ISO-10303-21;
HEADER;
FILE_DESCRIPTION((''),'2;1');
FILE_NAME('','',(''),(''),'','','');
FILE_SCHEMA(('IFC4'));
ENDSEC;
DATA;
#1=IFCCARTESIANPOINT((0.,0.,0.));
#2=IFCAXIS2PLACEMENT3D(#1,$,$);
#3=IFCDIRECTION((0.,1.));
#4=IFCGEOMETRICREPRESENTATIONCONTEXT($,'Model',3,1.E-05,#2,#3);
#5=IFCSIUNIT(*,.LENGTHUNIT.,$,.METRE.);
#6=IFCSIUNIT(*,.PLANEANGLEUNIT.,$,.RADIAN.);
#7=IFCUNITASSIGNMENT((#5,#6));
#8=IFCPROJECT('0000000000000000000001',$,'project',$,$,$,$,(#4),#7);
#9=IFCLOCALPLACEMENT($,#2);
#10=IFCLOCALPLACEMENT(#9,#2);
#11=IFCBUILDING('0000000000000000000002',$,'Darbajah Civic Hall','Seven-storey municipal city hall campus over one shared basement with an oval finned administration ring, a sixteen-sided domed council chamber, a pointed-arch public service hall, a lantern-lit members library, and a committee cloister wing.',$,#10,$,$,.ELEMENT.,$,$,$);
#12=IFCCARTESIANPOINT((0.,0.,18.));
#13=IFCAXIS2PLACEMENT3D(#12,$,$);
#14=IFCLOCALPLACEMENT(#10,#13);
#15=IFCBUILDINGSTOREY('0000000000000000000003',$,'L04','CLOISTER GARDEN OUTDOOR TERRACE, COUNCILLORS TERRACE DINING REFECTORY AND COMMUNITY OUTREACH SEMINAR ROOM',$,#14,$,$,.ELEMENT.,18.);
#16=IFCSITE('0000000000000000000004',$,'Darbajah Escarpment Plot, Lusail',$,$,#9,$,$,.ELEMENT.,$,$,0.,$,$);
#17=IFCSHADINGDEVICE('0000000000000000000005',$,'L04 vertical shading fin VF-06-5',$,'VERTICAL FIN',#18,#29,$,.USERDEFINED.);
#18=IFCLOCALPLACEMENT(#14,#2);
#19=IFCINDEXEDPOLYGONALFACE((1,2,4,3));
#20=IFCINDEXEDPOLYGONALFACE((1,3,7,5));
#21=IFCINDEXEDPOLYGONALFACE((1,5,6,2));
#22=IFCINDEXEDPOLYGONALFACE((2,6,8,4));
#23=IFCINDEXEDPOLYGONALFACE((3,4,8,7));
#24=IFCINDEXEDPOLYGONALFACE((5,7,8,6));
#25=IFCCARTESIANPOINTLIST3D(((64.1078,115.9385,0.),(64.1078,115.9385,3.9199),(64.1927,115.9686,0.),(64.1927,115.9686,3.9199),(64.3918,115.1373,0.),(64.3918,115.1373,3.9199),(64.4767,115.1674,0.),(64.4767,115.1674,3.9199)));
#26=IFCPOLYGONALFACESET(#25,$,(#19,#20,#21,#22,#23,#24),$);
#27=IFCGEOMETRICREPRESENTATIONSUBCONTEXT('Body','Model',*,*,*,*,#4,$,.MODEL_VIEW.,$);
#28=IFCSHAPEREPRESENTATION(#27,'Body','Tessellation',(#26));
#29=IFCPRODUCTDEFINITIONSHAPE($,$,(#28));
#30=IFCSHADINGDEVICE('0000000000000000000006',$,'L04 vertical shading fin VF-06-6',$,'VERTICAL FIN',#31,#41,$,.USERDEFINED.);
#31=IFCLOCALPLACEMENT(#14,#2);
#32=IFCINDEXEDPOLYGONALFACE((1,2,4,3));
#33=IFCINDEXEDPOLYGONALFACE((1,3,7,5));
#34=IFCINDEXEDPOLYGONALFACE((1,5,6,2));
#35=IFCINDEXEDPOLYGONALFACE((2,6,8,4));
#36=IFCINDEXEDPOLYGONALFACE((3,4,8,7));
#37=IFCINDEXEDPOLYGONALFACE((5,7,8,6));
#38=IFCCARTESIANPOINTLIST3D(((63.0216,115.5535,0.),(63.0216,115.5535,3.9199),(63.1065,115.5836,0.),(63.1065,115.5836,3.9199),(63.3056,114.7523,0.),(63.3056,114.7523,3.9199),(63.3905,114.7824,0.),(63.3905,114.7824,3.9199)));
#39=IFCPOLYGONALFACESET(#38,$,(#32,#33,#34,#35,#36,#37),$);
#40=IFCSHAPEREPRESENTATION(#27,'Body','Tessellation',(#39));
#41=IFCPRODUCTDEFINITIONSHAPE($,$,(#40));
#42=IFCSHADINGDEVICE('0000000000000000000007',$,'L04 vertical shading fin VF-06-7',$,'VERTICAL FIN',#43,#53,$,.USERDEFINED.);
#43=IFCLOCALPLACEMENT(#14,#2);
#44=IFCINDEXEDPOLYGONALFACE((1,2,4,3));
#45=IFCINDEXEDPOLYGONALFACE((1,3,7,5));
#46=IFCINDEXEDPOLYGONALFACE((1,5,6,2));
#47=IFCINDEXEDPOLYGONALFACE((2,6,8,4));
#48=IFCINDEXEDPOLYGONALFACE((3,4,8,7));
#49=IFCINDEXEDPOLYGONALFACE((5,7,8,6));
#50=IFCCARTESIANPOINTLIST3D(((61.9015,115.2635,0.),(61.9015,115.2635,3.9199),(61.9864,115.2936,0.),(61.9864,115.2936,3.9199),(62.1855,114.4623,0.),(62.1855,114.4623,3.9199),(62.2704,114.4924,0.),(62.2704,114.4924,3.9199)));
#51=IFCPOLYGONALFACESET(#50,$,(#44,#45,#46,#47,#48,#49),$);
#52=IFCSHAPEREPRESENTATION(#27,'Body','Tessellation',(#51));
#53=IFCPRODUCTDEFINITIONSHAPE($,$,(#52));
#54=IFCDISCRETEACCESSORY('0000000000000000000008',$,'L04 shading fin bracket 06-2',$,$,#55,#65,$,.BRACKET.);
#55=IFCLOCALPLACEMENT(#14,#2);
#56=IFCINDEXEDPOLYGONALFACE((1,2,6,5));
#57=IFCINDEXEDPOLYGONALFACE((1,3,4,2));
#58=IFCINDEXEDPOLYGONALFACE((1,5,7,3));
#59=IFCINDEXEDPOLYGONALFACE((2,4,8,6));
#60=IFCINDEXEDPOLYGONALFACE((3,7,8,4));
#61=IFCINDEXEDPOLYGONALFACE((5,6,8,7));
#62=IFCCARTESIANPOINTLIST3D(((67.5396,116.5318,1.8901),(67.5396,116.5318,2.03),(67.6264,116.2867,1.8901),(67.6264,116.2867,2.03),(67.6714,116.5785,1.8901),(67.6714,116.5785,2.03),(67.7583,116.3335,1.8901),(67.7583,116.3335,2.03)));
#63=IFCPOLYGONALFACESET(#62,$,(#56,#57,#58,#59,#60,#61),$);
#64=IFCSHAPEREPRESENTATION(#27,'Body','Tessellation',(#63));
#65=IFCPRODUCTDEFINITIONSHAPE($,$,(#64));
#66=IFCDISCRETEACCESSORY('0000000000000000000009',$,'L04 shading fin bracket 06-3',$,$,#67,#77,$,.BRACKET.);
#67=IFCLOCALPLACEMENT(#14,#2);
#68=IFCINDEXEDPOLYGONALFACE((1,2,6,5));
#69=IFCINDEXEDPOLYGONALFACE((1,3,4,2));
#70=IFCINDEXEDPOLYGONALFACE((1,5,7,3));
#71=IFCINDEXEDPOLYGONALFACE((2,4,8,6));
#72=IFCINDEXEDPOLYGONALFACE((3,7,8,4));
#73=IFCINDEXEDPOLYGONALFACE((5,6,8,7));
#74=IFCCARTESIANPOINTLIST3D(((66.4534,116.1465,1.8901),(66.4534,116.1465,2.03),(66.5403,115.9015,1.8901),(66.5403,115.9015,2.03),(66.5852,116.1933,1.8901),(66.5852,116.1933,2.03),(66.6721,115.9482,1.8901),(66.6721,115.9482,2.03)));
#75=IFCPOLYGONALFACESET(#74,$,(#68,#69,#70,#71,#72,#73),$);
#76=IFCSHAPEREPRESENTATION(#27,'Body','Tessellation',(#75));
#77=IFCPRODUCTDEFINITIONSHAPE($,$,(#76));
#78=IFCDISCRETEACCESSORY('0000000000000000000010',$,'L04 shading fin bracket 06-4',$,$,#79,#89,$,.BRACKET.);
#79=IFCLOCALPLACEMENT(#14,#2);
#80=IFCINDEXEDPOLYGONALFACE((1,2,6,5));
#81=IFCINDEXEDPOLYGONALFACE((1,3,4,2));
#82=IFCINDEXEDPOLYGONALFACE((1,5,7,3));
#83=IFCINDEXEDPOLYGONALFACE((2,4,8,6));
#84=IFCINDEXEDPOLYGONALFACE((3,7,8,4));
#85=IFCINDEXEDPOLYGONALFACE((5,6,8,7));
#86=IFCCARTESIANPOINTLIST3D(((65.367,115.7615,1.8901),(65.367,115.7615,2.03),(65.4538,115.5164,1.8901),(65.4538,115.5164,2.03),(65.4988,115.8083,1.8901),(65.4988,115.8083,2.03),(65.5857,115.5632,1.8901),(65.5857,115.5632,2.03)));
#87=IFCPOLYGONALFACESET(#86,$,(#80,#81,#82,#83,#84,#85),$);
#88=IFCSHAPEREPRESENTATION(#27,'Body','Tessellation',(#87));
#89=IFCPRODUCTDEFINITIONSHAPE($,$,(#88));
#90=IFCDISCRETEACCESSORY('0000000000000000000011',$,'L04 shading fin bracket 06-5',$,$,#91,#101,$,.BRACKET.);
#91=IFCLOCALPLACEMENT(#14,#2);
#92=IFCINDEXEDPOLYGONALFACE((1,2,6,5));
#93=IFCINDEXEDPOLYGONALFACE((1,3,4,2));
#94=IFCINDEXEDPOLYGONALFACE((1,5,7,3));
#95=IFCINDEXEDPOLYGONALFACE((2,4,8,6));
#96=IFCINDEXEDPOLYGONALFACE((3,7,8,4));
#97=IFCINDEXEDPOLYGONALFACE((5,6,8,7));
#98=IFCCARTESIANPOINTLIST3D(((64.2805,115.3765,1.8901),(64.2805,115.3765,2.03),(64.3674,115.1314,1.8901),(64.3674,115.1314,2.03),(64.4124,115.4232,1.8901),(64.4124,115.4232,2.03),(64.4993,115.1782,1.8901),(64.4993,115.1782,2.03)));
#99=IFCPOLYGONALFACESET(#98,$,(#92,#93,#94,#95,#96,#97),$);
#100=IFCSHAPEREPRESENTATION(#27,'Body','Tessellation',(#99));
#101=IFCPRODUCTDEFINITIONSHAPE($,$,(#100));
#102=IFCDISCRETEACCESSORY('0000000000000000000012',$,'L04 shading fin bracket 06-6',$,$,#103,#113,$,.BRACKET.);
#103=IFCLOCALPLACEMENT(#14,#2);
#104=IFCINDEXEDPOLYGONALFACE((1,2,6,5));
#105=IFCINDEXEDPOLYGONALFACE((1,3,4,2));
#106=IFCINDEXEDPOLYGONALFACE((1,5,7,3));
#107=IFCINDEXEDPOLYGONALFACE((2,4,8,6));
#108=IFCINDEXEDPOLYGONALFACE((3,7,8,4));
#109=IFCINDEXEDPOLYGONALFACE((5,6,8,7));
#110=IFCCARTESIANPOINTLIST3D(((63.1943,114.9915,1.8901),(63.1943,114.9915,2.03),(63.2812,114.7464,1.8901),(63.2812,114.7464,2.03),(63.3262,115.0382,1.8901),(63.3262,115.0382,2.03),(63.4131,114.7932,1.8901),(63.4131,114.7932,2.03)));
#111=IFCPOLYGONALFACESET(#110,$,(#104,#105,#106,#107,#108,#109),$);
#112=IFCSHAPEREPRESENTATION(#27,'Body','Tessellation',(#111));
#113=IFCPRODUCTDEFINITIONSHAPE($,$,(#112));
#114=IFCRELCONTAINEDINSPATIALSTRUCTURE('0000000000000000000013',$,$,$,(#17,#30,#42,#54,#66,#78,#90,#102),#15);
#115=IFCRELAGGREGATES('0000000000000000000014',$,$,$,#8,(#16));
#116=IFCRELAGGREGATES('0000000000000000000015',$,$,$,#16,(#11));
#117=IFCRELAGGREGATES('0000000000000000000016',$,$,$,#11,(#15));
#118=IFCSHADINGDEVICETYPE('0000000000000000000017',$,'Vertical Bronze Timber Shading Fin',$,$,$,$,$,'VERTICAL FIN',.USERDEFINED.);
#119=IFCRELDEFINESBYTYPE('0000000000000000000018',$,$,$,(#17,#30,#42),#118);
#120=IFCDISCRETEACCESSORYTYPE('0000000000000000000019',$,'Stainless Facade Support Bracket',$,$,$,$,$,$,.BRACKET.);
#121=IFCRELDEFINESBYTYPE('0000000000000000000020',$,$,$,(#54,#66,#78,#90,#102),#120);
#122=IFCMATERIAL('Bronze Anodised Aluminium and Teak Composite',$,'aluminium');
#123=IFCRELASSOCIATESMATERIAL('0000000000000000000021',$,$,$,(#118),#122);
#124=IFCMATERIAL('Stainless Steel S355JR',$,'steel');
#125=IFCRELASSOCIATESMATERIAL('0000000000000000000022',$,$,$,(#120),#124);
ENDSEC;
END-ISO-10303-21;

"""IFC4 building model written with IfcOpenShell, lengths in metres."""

from ifc_helpers import new_model, si_unit, direction, frame, origin, origin_2d, place, context, subcontext, project, spatial, rectangle, extrude, material, type_object, element, save


model = new_model("IFC4")

# Units and contexts
model_context = context("Model", 3, precision=1e-05, world=origin(), true_north=direction((0.0, 1.0)))
body_context = subcontext(model_context, "Body", "Model", "MODEL_VIEW")
ifc_project = project(units=[si_unit("LENGTHUNIT", "METRE"), si_unit("PLANEANGLEUNIT", "RADIAN")], contexts=[model_context])

# Site, building, storey
site_placement = place(None, origin())
site = spatial("IfcSite", under=ifc_project, at=site_placement, Name="Darbajah Escarpment Plot, Lusail", CompositionType="ELEMENT", RefElevation=0.0)
building_placement = place(site_placement, origin())
building = spatial("IfcBuilding", under=site, at=building_placement, Name="Darbajah Civic Hall", Description="Seven-storey municipal city hall campus over one shared basement with an oval finned administration ring, a sixteen-sided domed council chamber, a pointed-arch public service hall, a lantern-lit members library, and a committee cloister wing.", CompositionType="ELEMENT")
storey_placement = place(building_placement, frame((0.0, 0.0, 18.0)))
storey = spatial("IfcBuildingStorey", under=building, at=storey_placement, Name="L04", Description="CLOISTER GARDEN OUTDOOR TERRACE, COUNCILLORS TERRACE DINING REFECTORY AND COMMUNITY OUTREACH SEMINAR ROOM", CompositionType="ELEMENT", Elevation=18.0)

# Shading devices
ifc_material_1 = material(Name="Bronze Anodised Aluminium and Teak Composite", Category="aluminium")
shading_device_type = type_object("IfcShadingDeviceType", Name="Vertical Bronze Timber Shading Fin", ElementType="VERTICAL FIN", PredefinedType="USERDEFINED", material=ifc_material_1)
for number, where, z_axis, x_axis, name in (
    (1, (64.2922, 115.553, 0.0), (0.0, 0.0, 1.0), (-0.334136, 0.942525, 0.0), "L04 vertical shading fin VF-06-5"),
    (2, (63.2061, 115.168, 0.0), (0.0, 0.0, 1.0), (-0.334136, 0.942525, 0.0), "L04 vertical shading fin VF-06-6"),
    (3, (62.0859, 114.8779, 0.0), (0.0, 0.0, 1.0), (-0.334136, 0.942525, 0.0), "L04 vertical shading fin VF-06-7"),
):
    element("IfcShadingDevice", number, at=place(storey_placement, frame(where, z_axis=z_axis, x_axis=x_axis)), inside=storey, type_object=shading_device_type, Name=name, ObjectType="VERTICAL FIN", PredefinedType="USERDEFINED", context=body_context, shape_type="SweptSolid", body=[
        extrude(rectangle(XDim=0.8501, YDim=0.0901, at=origin_2d()), origin(), (0.0, 0.0, 1.0), 3.9199),
    ])

# Discrete accessories
ifc_material_2 = material(Name="Stainless Steel S355JR", Category="steel")
discrete_accessory_type = type_object("IfcDiscreteAccessoryType", Name="Stainless Facade Support Bracket", PredefinedType="BRACKET", material=ifc_material_2)
for number, where, z_axis, x_axis, name in (
    (4, (67.6489, 116.4326, 1.8901), (0.0, 0.0, 1.0), (-0.334136, 0.942525, 0.0), "L04 shading fin bracket 06-2"),
    (5, (66.5627, 116.0474, 1.8901), (0.0, 0.0, 1.0), (-0.334136, 0.942525, 0.0), "L04 shading fin bracket 06-3"),
    (6, (65.4763, 115.6624, 1.8901), (0.0, 0.0, 1.0), (-0.334136, 0.942525, 0.0), "L04 shading fin bracket 06-4"),
    (7, (64.3899, 115.2773, 1.8901), (0.0, 0.0, 1.0), (-0.334136, 0.942525, 0.0), "L04 shading fin bracket 06-5"),
    (8, (63.3037, 114.8923, 1.8901), (0.0, 0.0, 1.0), (-0.334136, 0.942525, 0.0), "L04 shading fin bracket 06-6"),
):
    element("IfcDiscreteAccessory", number, at=place(storey_placement, frame(where, z_axis=z_axis, x_axis=x_axis)), inside=storey, type_object=discrete_accessory_type, Name=name, PredefinedType="BRACKET", context=body_context, shape_type="SweptSolid", body=[
        extrude(rectangle(XDim=0.26, YDim=0.1399, at=origin_2d()), origin(), (0.0, 0.0, 1.0), 0.1399),
    ])

save(model, "model.ifc")
